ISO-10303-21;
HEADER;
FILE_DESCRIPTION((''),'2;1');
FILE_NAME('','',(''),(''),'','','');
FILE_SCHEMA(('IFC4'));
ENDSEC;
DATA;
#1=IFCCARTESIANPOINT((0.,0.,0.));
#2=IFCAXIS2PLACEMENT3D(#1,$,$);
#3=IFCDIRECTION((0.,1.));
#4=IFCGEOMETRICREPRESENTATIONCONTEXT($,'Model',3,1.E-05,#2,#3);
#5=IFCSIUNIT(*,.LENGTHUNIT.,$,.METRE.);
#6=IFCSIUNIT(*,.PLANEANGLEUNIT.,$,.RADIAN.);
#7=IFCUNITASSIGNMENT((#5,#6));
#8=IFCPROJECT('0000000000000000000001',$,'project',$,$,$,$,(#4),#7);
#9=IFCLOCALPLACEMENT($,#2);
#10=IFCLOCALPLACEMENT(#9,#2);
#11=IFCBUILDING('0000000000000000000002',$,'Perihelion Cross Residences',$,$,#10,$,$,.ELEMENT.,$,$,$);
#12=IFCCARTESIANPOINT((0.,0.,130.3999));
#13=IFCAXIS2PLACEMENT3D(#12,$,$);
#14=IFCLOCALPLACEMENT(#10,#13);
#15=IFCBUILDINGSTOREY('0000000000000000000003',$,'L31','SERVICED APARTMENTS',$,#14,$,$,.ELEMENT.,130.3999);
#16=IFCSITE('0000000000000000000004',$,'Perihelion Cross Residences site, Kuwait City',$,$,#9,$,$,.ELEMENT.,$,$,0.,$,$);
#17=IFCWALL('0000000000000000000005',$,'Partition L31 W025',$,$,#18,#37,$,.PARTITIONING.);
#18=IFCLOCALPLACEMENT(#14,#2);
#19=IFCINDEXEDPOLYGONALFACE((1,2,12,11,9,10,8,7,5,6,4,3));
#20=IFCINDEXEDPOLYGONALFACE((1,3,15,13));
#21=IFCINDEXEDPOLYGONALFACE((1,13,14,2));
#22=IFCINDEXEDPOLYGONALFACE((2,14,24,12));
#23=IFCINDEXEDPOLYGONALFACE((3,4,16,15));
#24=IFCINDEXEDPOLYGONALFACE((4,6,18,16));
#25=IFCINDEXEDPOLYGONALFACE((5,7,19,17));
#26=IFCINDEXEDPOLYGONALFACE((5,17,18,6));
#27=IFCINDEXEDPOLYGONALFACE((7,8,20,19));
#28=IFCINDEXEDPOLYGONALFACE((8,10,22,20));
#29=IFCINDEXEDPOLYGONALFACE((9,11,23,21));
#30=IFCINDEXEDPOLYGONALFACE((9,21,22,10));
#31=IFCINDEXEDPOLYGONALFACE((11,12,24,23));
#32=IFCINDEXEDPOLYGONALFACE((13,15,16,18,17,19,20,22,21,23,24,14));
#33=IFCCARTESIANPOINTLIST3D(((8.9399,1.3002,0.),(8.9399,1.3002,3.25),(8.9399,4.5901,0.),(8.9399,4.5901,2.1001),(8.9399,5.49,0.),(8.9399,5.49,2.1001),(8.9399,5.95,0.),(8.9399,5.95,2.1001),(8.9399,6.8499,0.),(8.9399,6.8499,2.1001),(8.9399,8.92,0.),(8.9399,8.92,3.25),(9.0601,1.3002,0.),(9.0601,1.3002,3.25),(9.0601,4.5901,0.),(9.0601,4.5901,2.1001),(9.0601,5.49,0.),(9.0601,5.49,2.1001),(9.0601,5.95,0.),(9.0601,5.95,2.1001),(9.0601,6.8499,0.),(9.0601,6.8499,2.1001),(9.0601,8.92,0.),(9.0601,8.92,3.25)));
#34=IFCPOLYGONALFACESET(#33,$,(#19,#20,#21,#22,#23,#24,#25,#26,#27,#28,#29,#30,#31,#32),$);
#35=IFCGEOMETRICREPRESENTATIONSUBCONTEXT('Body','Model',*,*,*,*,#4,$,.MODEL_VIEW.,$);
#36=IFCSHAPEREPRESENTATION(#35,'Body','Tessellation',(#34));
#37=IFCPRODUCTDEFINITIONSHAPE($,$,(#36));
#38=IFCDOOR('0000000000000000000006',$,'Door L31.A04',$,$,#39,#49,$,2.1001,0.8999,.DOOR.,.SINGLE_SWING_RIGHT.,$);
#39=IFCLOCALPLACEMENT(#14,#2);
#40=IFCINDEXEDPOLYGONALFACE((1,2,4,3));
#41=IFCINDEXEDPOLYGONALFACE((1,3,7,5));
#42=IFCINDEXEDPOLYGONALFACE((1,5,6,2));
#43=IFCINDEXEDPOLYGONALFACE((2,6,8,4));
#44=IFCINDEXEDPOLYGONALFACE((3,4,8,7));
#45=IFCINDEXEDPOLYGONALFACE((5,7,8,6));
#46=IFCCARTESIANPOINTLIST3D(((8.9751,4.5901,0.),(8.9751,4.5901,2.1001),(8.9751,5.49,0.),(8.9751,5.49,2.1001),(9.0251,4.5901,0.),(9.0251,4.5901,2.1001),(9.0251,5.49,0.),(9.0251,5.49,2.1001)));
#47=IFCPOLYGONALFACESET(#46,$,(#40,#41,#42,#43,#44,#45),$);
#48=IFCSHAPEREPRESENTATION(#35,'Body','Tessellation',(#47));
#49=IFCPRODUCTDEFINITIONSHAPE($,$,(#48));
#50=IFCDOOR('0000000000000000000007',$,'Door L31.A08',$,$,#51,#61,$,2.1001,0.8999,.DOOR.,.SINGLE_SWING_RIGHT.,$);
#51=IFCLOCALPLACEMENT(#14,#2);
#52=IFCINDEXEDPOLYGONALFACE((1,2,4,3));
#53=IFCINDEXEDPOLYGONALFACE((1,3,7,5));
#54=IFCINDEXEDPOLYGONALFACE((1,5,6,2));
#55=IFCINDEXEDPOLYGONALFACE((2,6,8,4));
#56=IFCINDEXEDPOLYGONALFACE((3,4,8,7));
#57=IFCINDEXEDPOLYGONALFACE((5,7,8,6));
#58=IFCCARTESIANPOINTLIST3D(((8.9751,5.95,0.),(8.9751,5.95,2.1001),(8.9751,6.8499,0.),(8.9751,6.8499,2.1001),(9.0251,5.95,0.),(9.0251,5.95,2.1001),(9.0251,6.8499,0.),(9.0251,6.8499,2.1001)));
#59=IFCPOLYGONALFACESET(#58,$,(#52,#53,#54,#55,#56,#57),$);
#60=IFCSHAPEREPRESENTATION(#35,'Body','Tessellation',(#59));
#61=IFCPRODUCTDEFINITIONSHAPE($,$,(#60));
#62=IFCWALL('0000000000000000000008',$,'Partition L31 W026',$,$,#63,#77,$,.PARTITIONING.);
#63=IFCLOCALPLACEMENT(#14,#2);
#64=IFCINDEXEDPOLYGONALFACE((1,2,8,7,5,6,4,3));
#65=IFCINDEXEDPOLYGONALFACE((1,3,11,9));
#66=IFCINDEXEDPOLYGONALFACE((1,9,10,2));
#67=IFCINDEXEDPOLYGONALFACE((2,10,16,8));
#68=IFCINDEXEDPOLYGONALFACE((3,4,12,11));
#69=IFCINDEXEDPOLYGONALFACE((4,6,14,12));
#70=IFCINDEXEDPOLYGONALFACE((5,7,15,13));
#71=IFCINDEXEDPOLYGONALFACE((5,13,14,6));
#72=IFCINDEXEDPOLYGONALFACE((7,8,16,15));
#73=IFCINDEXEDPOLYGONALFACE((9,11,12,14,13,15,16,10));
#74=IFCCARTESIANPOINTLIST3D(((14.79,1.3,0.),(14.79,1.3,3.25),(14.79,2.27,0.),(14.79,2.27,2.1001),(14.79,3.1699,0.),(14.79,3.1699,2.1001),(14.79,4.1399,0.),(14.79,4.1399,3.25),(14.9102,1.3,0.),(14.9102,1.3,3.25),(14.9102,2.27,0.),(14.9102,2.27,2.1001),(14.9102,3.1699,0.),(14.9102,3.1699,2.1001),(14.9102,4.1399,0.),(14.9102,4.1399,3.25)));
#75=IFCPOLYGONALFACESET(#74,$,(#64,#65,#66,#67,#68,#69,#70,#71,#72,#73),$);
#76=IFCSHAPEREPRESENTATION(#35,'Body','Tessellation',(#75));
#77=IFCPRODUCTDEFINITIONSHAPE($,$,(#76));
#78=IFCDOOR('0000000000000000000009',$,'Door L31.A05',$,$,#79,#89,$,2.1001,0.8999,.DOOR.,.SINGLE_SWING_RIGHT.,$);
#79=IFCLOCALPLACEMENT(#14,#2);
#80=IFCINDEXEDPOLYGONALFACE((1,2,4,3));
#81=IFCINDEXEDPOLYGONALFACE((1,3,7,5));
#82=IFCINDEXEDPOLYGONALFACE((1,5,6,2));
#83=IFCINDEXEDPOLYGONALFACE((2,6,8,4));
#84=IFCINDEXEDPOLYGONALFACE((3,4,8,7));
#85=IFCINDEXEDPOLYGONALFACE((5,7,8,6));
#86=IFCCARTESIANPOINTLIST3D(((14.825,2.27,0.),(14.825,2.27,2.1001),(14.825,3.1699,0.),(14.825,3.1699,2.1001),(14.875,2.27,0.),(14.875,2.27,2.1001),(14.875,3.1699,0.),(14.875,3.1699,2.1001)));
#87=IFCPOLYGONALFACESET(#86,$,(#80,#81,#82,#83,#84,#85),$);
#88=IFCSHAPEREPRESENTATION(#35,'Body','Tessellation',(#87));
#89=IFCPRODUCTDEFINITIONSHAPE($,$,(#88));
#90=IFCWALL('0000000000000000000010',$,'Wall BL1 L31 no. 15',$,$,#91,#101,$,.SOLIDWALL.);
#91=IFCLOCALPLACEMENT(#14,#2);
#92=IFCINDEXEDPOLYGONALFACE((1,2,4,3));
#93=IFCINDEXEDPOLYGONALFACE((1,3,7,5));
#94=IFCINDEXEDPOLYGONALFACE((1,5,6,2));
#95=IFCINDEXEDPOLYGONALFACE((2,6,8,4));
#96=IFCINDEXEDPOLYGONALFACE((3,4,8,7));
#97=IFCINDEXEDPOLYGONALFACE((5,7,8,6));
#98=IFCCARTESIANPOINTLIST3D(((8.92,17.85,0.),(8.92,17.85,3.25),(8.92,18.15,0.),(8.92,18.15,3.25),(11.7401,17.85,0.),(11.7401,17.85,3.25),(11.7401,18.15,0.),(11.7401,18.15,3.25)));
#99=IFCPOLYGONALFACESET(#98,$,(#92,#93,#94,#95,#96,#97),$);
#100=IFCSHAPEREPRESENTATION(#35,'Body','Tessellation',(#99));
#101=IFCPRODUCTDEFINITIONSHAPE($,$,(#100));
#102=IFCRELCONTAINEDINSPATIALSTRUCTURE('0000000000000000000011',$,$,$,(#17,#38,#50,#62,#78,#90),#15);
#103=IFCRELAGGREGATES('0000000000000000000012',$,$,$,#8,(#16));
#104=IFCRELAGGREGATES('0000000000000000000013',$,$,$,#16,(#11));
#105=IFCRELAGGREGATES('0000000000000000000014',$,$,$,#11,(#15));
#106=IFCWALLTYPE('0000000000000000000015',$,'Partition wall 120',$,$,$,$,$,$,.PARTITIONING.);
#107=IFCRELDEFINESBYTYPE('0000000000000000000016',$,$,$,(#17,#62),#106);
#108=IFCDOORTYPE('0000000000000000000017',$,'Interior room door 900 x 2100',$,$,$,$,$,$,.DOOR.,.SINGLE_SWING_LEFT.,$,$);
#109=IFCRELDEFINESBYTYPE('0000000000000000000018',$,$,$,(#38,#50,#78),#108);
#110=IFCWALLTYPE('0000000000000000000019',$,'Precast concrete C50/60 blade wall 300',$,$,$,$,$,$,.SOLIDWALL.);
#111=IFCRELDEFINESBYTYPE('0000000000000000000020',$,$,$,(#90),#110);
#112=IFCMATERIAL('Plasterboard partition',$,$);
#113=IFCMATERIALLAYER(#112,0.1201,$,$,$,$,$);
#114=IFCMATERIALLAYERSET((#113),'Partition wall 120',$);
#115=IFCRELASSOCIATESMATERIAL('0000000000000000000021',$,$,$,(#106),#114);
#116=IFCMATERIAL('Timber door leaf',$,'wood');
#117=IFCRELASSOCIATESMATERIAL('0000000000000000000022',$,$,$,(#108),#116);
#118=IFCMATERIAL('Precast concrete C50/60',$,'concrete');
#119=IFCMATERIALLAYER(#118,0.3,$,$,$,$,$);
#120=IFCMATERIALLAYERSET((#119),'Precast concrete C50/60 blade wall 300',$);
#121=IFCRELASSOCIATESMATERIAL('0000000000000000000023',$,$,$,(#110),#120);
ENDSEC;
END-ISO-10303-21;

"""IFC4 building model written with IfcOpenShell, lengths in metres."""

from ifc_helpers import new_model, si_unit, direction, frame, frame_2d, origin, place, context, subcontext, project, spatial, rectangle, extrude, material, layer, layer_set, type_object, element, fill, save


model = new_model("IFC4")

# Units and contexts
model_context = context("Model", 3, precision=1e-05, world=origin(), true_north=direction((0.0, 1.0)))
body_context = subcontext(model_context, "Body", "Model", "MODEL_VIEW")
ifc_project = project(units=[si_unit("LENGTHUNIT", "METRE"), si_unit("PLANEANGLEUNIT", "RADIAN")], contexts=[model_context])

# Site, building, storey
site_placement = place(None, origin())
site = spatial("IfcSite", under=ifc_project, at=site_placement, Name="Perihelion Cross Residences site, Kuwait City", CompositionType="ELEMENT", RefElevation=0.0)
building_placement = place(site_placement, origin())
building = spatial("IfcBuilding", under=site, at=building_placement, Name="Perihelion Cross Residences", CompositionType="ELEMENT")
storey_placement = place(building_placement, frame((0.0, 0.0, 130.3999)))
storey = spatial("IfcBuildingStorey", under=building, at=storey_placement, Name="L31", Description="SERVICED APARTMENTS", CompositionType="ELEMENT", Elevation=130.3999)

# Shared definitions
ifc_material_1 = material(Name="Plasterboard partition")
ifc_layer_1 = layer(ifc_material_1, 0.1201)
ifc_layer_set_1 = layer_set([ifc_layer_1], Name="Partition wall 120")
wall_type_1 = type_object("IfcWallType", Name="Partition wall 120", PredefinedType="PARTITIONING", material=ifc_layer_set_1)
ifc_material_2 = material(Name="Timber door leaf", Category="wood")
door_type_1 = type_object("IfcDoorType", Name="Interior room door 900 x 2100", OperationType="SINGLE_SWING_LEFT", PredefinedType="DOOR", material=ifc_material_2)

# Wall, openings, doors
wall_1_placement = place(storey_placement, frame((9.0, 1.3, 0.0), z_axis=(0.0, 0.0, 1.0), x_axis=(0.0, 1.0, 0.0)))
wall_1 = element("IfcWall", 1, at=wall_1_placement, inside=storey, type_object=wall_type_1, Name="Partition L31 W025", PredefinedType="PARTITIONING", context=body_context, shape_type="SweptSolid", body=[
    extrude(rectangle(XDim=7.6199, YDim=0.1201, at=frame_2d((3.8101, 0.0))), origin(), (0.0, 0.0, 1.0), 3.25),
])
opening_1_placement = place(wall_1_placement, frame((3.29, 0.0, 0.0)))
opening_1 = element("IfcOpeningElement", 2, at=opening_1_placement, cuts=wall_1, PredefinedType="OPENING", context=body_context, shape_type="SweptSolid", body=[
    extrude(rectangle(XDim=0.8999, YDim=2.1001, at=frame_2d((0.45, 1.05))), frame((0.0, 0.0701, 0.0), z_axis=(0.0, -1.0, 0.0), x_axis=(1.0, 0.0, 0.0)), (0.0, 0.0, 1.0), 0.1401),
])
opening_2_placement = place(wall_1_placement, frame((4.6499, 0.0, 0.0)))
opening_2 = element("IfcOpeningElement", 3, at=opening_2_placement, cuts=wall_1, PredefinedType="OPENING", context=body_context, shape_type="SweptSolid", body=[
    extrude(rectangle(XDim=0.8999, YDim=2.1001, at=frame_2d((0.45, 1.05))), frame((0.0, 0.0701, 0.0), z_axis=(0.0, -1.0, 0.0), x_axis=(1.0, 0.0, 0.0)), (0.0, 0.0, 1.0), 0.1401),
])
door_1_placement = place(opening_1_placement, origin())
door_1 = element("IfcDoor", 4, at=door_1_placement, inside=storey, type_object=door_type_1, Name="Door L31.A04", OperationType="SINGLE_SWING_RIGHT", OverallHeight=2.1001, OverallWidth=0.8999, PredefinedType="DOOR", context=body_context, shape_type="SweptSolid", body=[
    extrude(rectangle(XDim=0.8999, YDim=2.1001, at=frame_2d((0.45, 1.05))), frame((0.0, 0.0249, 0.0), z_axis=(0.0, -1.0, 0.0), x_axis=(1.0, 0.0, 0.0)), (0.0, 0.0, 1.0), 0.05),
])
fill(opening_1, door_1)
door_2_placement = place(opening_2_placement, origin())
door_2 = element("IfcDoor", 5, at=door_2_placement, inside=storey, type_object=door_type_1, Name="Door L31.A08", OperationType="SINGLE_SWING_RIGHT", OverallHeight=2.1001, OverallWidth=0.8999, PredefinedType="DOOR", context=body_context, shape_type="SweptSolid", body=[
    extrude(rectangle(XDim=0.8999, YDim=2.1001, at=frame_2d((0.45, 1.05))), frame((0.0, 0.0249, 0.0), z_axis=(0.0, -1.0, 0.0), x_axis=(1.0, 0.0, 0.0)), (0.0, 0.0, 1.0), 0.05),
])
fill(opening_2, door_2)

# Wall, opening, door
wall_2_placement = place(storey_placement, frame((14.8501, 4.1399, 0.0), z_axis=(0.0, 0.0, 1.0), x_axis=(0.0, -1.0, 0.0)))
wall_2 = element("IfcWall", 6, at=wall_2_placement, inside=storey, type_object=wall_type_1, Name="Partition L31 W026", PredefinedType="PARTITIONING", context=body_context, shape_type="SweptSolid", body=[
    extrude(rectangle(XDim=2.8398, YDim=0.1201, at=frame_2d((1.4199, 0.0))), origin(), (0.0, 0.0, 1.0), 3.25),
])
opening_3_placement = place(wall_2_placement, frame((0.97, 0.0, 0.0)))
opening_3 = element("IfcOpeningElement", 7, at=opening_3_placement, cuts=wall_2, PredefinedType="OPENING", context=body_context, shape_type="SweptSolid", body=[
    extrude(rectangle(XDim=0.8999, YDim=2.1001, at=frame_2d((0.45, 1.05))), frame((0.0, 0.0701, 0.0), z_axis=(0.0, -1.0, 0.0), x_axis=(1.0, 0.0, 0.0)), (0.0, 0.0, 1.0), 0.1401),
])
door_3_placement = place(opening_3_placement, origin())
door_3 = element("IfcDoor", 8, at=door_3_placement, inside=storey, type_object=door_type_1, Name="Door L31.A05", OperationType="SINGLE_SWING_RIGHT", OverallHeight=2.1001, OverallWidth=0.8999, PredefinedType="DOOR", context=body_context, shape_type="SweptSolid", body=[
    extrude(rectangle(XDim=0.8999, YDim=2.1001, at=frame_2d((0.45, 1.05))), frame((0.0, 0.0249, 0.0), z_axis=(0.0, -1.0, 0.0), x_axis=(1.0, 0.0, 0.0)), (0.0, 0.0, 1.0), 0.05),
])
fill(opening_3, door_3)

# Wall
ifc_material_3 = material(Name="Precast concrete C50/60", Category="concrete")
ifc_layer_2 = layer(ifc_material_3, 0.3)
ifc_layer_set_2 = layer_set([ifc_layer_2], Name="Precast concrete C50/60 blade wall 300")
wall_type_2 = type_object("IfcWallType", Name="Precast concrete C50/60 blade wall 300", PredefinedType="SOLIDWALL", material=ifc_layer_set_2)
wall_3_placement = place(storey_placement, frame((8.9199, 18.0, 0.0), z_axis=(0.0, 0.0, 1.0), x_axis=(1.0, 0.0, 0.0)))
element("IfcWall", 9, at=wall_3_placement, inside=storey, type_object=wall_type_2, Name="Wall BL1 L31 no. 15", PredefinedType="SOLIDWALL", context=body_context, shape_type="SweptSolid", body=[
    extrude(rectangle(XDim=2.8201, YDim=0.3, at=frame_2d((1.4102, 0.0))), origin(), (0.0, 0.0, 1.0), 3.25),
])

save(model, "model.ifc")
